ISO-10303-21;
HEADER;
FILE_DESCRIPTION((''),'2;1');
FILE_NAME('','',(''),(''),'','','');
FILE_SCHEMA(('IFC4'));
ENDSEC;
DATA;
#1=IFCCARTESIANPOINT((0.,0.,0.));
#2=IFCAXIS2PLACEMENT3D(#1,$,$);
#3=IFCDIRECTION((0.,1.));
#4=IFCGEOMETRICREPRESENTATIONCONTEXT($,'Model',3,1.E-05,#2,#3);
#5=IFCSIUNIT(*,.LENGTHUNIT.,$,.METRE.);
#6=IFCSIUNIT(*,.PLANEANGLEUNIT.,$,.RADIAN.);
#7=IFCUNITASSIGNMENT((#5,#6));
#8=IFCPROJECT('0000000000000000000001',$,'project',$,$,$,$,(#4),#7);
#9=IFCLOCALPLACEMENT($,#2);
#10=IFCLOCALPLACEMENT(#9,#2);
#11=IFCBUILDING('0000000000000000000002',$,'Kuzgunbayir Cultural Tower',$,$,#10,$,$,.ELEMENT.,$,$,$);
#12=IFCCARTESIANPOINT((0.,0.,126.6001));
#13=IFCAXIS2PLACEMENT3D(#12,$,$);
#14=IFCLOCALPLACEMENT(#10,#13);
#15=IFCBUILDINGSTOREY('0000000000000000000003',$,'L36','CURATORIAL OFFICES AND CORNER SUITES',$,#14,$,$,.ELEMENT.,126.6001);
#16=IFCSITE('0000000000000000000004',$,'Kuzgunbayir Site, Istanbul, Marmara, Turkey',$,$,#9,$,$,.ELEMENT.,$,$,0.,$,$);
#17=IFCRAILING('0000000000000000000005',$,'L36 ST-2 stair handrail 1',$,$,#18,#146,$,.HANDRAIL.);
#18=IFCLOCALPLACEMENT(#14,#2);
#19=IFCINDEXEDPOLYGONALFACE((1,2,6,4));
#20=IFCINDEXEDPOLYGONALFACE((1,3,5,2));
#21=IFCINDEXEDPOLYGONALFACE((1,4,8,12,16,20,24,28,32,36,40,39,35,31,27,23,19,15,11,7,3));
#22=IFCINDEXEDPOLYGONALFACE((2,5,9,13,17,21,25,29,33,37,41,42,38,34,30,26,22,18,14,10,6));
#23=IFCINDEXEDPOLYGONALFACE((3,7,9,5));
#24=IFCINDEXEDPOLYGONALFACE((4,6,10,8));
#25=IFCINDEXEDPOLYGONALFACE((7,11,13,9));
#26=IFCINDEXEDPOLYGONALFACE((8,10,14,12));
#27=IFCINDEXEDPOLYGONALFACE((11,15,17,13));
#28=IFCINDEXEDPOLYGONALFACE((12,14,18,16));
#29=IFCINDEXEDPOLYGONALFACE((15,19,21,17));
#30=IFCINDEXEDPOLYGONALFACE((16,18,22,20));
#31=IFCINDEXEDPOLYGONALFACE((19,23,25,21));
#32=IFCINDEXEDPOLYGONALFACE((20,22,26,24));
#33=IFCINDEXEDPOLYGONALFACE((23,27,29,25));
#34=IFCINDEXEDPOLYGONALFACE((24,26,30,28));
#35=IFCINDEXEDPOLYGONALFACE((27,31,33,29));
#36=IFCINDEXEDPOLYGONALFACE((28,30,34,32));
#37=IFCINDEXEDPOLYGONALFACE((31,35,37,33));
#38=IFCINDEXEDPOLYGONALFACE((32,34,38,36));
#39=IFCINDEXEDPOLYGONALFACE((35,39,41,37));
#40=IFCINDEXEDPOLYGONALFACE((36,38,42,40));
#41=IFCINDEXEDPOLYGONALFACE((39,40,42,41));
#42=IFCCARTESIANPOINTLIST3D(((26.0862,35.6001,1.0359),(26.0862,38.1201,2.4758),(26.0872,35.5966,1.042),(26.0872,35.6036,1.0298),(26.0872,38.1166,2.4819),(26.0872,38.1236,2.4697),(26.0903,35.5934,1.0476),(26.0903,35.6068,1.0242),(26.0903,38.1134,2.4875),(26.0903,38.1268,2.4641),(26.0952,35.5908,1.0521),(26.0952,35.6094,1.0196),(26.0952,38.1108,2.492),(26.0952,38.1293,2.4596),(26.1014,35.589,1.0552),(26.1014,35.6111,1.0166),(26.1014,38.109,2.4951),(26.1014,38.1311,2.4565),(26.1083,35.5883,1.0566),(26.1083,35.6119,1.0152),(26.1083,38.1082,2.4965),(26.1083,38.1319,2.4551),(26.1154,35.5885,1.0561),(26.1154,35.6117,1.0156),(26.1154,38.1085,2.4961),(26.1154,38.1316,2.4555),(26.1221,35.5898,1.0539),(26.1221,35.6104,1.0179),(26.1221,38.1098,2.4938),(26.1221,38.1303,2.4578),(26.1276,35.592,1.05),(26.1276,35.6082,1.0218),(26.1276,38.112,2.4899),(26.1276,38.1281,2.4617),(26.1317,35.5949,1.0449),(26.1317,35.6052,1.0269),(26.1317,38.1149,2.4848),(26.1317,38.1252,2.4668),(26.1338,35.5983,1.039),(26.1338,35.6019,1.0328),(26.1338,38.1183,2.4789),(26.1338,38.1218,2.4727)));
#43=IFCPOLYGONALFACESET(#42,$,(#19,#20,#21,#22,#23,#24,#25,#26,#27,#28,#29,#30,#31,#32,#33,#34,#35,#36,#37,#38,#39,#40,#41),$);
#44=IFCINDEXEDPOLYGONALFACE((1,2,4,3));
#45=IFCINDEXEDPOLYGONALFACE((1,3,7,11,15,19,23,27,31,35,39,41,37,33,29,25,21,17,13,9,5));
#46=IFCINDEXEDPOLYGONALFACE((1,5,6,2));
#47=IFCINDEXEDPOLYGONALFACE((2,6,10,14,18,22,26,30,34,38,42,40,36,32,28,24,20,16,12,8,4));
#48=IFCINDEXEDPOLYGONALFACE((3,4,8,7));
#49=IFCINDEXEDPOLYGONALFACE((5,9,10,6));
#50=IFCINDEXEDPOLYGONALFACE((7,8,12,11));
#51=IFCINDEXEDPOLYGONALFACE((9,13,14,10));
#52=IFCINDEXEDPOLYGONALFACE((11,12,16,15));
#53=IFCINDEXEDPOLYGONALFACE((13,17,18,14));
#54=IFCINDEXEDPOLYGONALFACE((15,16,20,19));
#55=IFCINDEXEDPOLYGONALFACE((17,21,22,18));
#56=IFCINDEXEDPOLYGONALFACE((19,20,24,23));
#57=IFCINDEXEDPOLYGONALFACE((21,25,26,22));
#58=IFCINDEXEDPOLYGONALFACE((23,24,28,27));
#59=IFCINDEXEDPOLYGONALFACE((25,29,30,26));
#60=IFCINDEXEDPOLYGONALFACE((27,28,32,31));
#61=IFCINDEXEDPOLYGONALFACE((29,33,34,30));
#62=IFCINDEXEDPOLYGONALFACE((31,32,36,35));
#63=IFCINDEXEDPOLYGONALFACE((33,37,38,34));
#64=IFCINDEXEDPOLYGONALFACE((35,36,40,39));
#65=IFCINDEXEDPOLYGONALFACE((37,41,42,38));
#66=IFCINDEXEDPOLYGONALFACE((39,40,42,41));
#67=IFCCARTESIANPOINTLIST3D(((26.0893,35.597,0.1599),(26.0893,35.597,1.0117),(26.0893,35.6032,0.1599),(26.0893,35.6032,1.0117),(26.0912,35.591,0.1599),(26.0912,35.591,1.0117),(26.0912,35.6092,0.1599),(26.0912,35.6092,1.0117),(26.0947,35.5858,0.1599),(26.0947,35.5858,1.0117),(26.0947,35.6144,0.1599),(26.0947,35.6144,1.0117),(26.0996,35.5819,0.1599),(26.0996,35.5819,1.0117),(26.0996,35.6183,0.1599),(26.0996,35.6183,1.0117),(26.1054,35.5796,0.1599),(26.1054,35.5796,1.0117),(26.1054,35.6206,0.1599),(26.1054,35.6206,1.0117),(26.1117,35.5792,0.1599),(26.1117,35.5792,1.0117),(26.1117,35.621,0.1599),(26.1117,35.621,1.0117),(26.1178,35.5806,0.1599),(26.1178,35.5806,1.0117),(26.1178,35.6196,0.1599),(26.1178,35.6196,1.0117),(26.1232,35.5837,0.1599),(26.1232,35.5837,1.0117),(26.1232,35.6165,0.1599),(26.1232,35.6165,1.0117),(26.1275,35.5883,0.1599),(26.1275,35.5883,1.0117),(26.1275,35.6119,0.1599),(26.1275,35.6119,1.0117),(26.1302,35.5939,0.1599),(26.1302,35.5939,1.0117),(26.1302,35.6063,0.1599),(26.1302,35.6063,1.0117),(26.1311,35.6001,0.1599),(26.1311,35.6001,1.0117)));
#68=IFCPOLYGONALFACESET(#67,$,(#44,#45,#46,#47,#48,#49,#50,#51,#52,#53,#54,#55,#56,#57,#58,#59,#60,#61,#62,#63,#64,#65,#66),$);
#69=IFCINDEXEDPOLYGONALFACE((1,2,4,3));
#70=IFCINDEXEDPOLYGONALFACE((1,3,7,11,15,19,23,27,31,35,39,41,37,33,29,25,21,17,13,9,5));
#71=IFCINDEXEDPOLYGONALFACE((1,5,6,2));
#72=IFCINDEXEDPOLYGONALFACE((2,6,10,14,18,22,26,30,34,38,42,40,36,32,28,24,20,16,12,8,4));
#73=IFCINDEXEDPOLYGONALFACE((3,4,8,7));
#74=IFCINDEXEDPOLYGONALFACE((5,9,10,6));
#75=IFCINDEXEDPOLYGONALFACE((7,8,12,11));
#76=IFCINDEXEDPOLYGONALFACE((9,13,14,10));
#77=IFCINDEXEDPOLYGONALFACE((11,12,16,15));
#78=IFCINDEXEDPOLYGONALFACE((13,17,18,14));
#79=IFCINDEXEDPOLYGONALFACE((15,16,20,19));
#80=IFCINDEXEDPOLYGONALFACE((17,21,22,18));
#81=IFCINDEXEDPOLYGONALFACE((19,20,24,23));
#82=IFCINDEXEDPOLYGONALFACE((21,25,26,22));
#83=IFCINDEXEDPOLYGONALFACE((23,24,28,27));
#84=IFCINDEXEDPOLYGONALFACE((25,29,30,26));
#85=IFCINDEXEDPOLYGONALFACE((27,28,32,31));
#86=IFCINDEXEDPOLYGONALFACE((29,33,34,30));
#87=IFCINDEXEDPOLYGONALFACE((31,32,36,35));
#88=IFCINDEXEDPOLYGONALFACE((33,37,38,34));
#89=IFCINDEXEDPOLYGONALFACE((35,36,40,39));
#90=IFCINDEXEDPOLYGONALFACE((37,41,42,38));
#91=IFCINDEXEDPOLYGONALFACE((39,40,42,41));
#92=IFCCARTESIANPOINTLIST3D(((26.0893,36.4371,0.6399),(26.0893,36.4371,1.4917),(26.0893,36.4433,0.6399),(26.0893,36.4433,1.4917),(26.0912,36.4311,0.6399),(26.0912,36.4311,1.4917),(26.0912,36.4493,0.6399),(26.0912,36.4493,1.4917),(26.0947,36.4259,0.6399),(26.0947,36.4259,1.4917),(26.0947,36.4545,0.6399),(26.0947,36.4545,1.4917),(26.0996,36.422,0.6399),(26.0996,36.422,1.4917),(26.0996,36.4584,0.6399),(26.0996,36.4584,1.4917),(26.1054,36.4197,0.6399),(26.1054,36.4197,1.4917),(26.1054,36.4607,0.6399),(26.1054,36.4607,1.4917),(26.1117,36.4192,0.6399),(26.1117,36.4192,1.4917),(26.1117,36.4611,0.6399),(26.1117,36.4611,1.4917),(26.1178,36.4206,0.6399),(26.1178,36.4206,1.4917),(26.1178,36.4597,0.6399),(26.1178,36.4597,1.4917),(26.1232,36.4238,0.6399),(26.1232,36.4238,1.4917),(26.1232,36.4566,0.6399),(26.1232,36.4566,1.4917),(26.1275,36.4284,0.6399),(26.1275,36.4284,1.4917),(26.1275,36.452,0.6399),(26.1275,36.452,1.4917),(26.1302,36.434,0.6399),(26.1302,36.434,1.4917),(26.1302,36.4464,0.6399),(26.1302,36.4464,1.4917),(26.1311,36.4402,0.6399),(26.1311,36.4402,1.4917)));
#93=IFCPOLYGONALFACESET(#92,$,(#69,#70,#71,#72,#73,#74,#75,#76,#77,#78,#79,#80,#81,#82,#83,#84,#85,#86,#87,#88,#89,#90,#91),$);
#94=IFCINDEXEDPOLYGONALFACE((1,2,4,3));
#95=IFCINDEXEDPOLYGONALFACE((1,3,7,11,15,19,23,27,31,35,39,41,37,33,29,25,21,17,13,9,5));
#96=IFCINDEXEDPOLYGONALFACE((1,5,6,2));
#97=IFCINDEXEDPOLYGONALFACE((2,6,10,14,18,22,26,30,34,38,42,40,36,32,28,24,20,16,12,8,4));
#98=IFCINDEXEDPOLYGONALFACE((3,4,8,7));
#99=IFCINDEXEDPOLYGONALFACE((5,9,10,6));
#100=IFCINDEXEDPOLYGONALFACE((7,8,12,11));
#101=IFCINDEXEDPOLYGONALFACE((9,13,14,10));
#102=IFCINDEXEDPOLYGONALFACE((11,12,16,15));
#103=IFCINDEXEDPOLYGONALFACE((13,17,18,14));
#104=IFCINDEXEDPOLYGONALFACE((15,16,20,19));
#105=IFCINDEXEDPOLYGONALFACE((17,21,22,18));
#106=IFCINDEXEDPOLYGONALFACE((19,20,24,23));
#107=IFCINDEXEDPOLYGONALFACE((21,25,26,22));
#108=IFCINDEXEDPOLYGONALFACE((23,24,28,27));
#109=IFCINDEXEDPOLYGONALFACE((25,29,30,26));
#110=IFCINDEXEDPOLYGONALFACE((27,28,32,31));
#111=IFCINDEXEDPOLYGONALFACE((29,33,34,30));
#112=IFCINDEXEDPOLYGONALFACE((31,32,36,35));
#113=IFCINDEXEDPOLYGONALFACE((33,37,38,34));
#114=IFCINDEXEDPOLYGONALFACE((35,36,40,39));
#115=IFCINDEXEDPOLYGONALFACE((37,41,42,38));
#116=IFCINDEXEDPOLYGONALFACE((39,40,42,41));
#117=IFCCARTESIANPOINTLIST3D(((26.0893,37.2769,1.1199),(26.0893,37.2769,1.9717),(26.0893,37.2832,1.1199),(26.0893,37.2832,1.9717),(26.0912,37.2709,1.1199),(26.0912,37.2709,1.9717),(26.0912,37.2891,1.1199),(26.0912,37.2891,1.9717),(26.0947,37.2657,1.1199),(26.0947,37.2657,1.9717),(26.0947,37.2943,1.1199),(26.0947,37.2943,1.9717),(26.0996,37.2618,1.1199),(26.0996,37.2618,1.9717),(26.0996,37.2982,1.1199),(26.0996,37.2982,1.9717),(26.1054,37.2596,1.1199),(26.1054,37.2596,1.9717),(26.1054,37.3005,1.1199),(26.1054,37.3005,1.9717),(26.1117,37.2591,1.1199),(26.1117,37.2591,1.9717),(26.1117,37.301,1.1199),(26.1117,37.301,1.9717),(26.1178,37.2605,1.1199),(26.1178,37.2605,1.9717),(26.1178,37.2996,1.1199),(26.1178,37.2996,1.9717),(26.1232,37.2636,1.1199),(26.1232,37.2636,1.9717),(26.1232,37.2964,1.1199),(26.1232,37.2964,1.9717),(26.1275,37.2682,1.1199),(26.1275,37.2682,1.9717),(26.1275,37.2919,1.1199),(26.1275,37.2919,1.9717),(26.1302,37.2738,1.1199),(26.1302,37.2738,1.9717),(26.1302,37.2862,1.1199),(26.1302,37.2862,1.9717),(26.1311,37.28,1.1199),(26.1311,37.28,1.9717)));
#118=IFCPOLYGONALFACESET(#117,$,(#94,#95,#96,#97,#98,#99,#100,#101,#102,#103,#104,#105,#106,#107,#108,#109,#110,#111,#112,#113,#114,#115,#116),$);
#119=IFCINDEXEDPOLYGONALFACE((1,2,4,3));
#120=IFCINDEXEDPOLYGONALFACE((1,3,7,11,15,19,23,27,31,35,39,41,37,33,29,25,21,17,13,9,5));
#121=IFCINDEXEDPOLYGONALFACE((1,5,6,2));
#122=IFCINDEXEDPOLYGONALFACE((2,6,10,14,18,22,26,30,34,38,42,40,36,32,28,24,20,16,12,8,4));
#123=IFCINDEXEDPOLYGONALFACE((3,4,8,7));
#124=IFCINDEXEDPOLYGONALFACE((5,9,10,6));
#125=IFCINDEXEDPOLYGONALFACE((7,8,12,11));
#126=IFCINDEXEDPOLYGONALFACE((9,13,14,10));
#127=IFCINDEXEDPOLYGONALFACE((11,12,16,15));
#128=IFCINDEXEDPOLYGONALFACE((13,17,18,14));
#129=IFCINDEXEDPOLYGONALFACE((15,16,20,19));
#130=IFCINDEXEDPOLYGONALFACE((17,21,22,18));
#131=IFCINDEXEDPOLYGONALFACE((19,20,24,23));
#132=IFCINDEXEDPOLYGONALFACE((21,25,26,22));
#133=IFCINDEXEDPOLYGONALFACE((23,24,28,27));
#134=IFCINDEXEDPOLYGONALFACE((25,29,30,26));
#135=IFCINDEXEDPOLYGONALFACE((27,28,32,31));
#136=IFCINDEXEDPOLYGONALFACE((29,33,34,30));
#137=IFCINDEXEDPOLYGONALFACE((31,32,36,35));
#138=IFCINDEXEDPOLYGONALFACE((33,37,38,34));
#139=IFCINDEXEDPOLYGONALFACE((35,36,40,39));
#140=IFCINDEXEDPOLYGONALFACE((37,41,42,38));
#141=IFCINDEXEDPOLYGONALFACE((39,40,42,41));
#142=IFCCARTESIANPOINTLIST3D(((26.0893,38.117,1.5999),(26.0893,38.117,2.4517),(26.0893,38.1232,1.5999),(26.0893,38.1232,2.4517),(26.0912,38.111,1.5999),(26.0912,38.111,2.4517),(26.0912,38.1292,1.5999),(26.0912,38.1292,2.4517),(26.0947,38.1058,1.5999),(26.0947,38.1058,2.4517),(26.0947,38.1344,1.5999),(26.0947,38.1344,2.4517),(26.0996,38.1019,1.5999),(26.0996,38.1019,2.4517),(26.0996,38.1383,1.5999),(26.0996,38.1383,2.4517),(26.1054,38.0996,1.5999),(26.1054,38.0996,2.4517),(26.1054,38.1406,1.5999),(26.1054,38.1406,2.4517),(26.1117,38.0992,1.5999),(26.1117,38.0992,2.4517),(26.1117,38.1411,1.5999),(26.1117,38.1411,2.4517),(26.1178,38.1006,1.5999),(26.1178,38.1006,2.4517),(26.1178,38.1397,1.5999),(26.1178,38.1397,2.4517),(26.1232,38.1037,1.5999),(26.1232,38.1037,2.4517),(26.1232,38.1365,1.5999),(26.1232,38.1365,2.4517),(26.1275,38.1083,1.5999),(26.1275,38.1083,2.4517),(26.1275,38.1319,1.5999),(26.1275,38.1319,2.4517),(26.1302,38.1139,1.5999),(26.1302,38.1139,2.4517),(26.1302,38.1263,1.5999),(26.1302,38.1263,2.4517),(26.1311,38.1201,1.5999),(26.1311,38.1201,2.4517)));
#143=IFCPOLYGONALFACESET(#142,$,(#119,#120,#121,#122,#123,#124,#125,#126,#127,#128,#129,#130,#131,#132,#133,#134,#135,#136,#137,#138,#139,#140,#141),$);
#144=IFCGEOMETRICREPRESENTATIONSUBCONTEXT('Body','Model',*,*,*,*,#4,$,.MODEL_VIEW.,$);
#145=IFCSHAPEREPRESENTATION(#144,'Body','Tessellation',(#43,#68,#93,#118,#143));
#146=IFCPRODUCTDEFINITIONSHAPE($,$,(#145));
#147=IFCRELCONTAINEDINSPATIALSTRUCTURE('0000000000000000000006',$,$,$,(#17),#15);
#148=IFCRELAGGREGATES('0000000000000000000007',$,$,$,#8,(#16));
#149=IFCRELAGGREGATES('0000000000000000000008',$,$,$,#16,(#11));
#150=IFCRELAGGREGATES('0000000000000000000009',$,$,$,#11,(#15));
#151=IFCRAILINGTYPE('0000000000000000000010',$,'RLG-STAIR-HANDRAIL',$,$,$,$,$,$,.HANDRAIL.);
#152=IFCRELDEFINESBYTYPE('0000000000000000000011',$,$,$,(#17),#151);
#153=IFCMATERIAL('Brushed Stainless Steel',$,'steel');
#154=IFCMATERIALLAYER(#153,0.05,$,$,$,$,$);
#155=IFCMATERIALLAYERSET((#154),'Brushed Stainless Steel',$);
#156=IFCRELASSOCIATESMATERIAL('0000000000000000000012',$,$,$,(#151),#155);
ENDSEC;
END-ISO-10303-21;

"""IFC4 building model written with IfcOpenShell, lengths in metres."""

from ifc_helpers import new_model, si_unit, direction, frame, origin, origin_2d, place, context, subcontext, project, spatial, circle, extrude, material, layer, layer_set, type_object, element, save


model = new_model("IFC4")

# Units and contexts
model_context = context("Model", 3, precision=1e-05, world=origin(), true_north=direction((0.0, 1.0)))
body_context = subcontext(model_context, "Body", "Model", "MODEL_VIEW")
ifc_project = project(units=[si_unit("LENGTHUNIT", "METRE"), si_unit("PLANEANGLEUNIT", "RADIAN")], contexts=[model_context])

# Site, building, storey
site_placement = place(None, origin())
site = spatial("IfcSite", under=ifc_project, at=site_placement, Name="Kuzgunbayir Site, Istanbul, Marmara, Turkey", CompositionType="ELEMENT", RefElevation=0.0)
building_placement = place(site_placement, origin())
building = spatial("IfcBuilding", under=site, at=building_placement, Name="Kuzgunbayir Cultural Tower", CompositionType="ELEMENT")
storey_placement = place(building_placement, frame((0.0, 0.0, 126.6001)))
storey = spatial("IfcBuildingStorey", under=building, at=storey_placement, Name="L36", Description="CURATORIAL OFFICES AND CORNER SUITES", CompositionType="ELEMENT", Elevation=126.6001)

# Shared definitions
ifc_material_1 = material(Name="Brushed Stainless Steel", Category="steel")

# Railing
ifc_layer_1 = layer(ifc_material_1, 0.05)
ifc_layer_set_1 = layer_set([ifc_layer_1], Name="Brushed Stainless Steel")
railing_type_1 = type_object("IfcRailingType", Name="RLG-STAIR-HANDRAIL", PredefinedType="HANDRAIL", material=ifc_layer_set_1)
railing_1_placement = place(storey_placement, frame((26.1101, 35.6001, 0.1599)))
element("IfcRailing", 1, at=railing_1_placement, inside=storey, type_object=railing_type_1, Name="L36 ST-2 stair handrail 1", PredefinedType="HANDRAIL", context=body_context, shape_type="SweptSolid", body=[
    extrude(circle(Radius=0.0239, at=origin_2d()), frame((0.0, 0.0, 0.876), z_axis=(0.0, 0.868253, 0.496121), x_axis=(-1.0, 0.0, 0.0)), (0.0, 0.0, 1.0), 2.9023),
    extrude(circle(Radius=0.021, at=origin_2d()), origin(), (0.0, 0.0, 1.0), 0.8518),
    extrude(circle(Radius=0.021, at=origin_2d()), frame((0.0, 0.8401, 0.48)), (0.0, 0.0, 1.0), 0.8518),
    extrude(circle(Radius=0.021, at=origin_2d()), frame((0.0, 1.6799, 0.96)), (0.0, 0.0, 1.0), 0.8518),
    extrude(circle(Radius=0.021, at=origin_2d()), frame((0.0, 2.52, 1.4399)), (0.0, 0.0, 1.0), 0.8518),
])

save(model, "model.ifc")
